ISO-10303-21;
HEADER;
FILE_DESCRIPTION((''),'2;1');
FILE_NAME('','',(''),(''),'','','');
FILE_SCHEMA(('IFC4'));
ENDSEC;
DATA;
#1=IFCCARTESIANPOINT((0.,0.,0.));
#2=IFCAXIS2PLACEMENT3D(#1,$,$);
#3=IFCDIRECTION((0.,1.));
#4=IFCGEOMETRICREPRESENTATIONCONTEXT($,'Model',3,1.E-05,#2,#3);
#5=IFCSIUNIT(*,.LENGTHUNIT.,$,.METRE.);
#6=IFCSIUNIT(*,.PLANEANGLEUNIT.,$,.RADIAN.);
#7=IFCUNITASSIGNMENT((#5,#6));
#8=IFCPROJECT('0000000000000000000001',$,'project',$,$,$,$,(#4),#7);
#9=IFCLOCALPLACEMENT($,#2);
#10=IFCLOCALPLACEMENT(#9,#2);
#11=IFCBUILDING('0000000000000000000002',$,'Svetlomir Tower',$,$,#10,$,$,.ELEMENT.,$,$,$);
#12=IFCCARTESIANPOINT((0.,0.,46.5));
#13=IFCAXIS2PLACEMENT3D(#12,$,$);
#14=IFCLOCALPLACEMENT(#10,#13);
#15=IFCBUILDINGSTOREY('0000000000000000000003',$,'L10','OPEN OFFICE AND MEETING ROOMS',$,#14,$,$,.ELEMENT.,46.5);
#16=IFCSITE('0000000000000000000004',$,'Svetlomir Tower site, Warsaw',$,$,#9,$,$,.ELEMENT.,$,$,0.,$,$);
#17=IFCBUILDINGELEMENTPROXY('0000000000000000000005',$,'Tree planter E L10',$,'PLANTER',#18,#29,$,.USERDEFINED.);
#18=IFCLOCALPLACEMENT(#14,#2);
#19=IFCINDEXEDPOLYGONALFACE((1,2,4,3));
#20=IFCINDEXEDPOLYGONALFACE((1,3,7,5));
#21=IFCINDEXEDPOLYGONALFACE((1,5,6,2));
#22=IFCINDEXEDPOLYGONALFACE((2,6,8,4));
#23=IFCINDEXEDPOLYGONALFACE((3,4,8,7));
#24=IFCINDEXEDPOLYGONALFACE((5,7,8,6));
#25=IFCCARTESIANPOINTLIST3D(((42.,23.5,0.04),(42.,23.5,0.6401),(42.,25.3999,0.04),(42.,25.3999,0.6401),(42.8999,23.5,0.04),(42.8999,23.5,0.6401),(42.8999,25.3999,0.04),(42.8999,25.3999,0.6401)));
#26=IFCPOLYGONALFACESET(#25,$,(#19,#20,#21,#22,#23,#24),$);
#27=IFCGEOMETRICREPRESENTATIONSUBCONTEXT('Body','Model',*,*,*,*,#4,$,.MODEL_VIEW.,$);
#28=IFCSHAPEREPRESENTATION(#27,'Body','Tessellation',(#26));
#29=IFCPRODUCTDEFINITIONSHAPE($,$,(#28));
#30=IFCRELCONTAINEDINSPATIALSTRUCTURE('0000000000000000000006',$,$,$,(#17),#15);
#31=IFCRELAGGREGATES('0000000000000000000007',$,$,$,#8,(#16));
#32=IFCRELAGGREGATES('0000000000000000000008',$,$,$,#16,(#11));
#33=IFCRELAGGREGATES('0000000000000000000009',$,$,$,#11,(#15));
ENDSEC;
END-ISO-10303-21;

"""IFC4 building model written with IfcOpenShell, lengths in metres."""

from ifc_helpers import new_model, si_unit, direction, frame, origin, origin_2d, place, context, subcontext, project, spatial, rectangle, extrude, element, save


model = new_model("IFC4")

# Units and contexts
model_context = context("Model", 3, precision=1e-05, world=origin(), true_north=direction((0.0, 1.0)))
body_context = subcontext(model_context, "Body", "Model", "MODEL_VIEW")
ifc_project = project(units=[si_unit("LENGTHUNIT", "METRE"), si_unit("PLANEANGLEUNIT", "RADIAN")], contexts=[model_context])

# Site, building, storey
site_placement = place(None, origin())
site = spatial("IfcSite", under=ifc_project, at=site_placement, Name="Svetlomir Tower site, Warsaw", CompositionType="ELEMENT", RefElevation=0.0)
building_placement = place(site_placement, origin())
building = spatial("IfcBuilding", under=site, at=building_placement, Name="Svetlomir Tower", CompositionType="ELEMENT")
storey_placement = place(building_placement, frame((0.0, 0.0, 46.5)))
storey = spatial("IfcBuildingStorey", under=building, at=storey_placement, Name="L10", Description="OPEN OFFICE AND MEETING ROOMS", CompositionType="ELEMENT", Elevation=46.5)

# Building element proxy
proxy_placement = place(storey_placement, frame((42.45, 24.45, 0.04), z_axis=(0.0, 0.0, 1.0), x_axis=(1.0, 0.0, 0.0)))
element("IfcBuildingElementProxy", 1, at=proxy_placement, inside=storey, Name="Tree planter E L10", ObjectType="PLANTER", PredefinedType="USERDEFINED", context=body_context, shape_type="SweptSolid", body=[
    extrude(rectangle(XDim=0.8999, YDim=1.8999, at=origin_2d()), origin(), (0.0, 0.0, 1.0), 0.6001),
])

save(model, "model.ifc")
